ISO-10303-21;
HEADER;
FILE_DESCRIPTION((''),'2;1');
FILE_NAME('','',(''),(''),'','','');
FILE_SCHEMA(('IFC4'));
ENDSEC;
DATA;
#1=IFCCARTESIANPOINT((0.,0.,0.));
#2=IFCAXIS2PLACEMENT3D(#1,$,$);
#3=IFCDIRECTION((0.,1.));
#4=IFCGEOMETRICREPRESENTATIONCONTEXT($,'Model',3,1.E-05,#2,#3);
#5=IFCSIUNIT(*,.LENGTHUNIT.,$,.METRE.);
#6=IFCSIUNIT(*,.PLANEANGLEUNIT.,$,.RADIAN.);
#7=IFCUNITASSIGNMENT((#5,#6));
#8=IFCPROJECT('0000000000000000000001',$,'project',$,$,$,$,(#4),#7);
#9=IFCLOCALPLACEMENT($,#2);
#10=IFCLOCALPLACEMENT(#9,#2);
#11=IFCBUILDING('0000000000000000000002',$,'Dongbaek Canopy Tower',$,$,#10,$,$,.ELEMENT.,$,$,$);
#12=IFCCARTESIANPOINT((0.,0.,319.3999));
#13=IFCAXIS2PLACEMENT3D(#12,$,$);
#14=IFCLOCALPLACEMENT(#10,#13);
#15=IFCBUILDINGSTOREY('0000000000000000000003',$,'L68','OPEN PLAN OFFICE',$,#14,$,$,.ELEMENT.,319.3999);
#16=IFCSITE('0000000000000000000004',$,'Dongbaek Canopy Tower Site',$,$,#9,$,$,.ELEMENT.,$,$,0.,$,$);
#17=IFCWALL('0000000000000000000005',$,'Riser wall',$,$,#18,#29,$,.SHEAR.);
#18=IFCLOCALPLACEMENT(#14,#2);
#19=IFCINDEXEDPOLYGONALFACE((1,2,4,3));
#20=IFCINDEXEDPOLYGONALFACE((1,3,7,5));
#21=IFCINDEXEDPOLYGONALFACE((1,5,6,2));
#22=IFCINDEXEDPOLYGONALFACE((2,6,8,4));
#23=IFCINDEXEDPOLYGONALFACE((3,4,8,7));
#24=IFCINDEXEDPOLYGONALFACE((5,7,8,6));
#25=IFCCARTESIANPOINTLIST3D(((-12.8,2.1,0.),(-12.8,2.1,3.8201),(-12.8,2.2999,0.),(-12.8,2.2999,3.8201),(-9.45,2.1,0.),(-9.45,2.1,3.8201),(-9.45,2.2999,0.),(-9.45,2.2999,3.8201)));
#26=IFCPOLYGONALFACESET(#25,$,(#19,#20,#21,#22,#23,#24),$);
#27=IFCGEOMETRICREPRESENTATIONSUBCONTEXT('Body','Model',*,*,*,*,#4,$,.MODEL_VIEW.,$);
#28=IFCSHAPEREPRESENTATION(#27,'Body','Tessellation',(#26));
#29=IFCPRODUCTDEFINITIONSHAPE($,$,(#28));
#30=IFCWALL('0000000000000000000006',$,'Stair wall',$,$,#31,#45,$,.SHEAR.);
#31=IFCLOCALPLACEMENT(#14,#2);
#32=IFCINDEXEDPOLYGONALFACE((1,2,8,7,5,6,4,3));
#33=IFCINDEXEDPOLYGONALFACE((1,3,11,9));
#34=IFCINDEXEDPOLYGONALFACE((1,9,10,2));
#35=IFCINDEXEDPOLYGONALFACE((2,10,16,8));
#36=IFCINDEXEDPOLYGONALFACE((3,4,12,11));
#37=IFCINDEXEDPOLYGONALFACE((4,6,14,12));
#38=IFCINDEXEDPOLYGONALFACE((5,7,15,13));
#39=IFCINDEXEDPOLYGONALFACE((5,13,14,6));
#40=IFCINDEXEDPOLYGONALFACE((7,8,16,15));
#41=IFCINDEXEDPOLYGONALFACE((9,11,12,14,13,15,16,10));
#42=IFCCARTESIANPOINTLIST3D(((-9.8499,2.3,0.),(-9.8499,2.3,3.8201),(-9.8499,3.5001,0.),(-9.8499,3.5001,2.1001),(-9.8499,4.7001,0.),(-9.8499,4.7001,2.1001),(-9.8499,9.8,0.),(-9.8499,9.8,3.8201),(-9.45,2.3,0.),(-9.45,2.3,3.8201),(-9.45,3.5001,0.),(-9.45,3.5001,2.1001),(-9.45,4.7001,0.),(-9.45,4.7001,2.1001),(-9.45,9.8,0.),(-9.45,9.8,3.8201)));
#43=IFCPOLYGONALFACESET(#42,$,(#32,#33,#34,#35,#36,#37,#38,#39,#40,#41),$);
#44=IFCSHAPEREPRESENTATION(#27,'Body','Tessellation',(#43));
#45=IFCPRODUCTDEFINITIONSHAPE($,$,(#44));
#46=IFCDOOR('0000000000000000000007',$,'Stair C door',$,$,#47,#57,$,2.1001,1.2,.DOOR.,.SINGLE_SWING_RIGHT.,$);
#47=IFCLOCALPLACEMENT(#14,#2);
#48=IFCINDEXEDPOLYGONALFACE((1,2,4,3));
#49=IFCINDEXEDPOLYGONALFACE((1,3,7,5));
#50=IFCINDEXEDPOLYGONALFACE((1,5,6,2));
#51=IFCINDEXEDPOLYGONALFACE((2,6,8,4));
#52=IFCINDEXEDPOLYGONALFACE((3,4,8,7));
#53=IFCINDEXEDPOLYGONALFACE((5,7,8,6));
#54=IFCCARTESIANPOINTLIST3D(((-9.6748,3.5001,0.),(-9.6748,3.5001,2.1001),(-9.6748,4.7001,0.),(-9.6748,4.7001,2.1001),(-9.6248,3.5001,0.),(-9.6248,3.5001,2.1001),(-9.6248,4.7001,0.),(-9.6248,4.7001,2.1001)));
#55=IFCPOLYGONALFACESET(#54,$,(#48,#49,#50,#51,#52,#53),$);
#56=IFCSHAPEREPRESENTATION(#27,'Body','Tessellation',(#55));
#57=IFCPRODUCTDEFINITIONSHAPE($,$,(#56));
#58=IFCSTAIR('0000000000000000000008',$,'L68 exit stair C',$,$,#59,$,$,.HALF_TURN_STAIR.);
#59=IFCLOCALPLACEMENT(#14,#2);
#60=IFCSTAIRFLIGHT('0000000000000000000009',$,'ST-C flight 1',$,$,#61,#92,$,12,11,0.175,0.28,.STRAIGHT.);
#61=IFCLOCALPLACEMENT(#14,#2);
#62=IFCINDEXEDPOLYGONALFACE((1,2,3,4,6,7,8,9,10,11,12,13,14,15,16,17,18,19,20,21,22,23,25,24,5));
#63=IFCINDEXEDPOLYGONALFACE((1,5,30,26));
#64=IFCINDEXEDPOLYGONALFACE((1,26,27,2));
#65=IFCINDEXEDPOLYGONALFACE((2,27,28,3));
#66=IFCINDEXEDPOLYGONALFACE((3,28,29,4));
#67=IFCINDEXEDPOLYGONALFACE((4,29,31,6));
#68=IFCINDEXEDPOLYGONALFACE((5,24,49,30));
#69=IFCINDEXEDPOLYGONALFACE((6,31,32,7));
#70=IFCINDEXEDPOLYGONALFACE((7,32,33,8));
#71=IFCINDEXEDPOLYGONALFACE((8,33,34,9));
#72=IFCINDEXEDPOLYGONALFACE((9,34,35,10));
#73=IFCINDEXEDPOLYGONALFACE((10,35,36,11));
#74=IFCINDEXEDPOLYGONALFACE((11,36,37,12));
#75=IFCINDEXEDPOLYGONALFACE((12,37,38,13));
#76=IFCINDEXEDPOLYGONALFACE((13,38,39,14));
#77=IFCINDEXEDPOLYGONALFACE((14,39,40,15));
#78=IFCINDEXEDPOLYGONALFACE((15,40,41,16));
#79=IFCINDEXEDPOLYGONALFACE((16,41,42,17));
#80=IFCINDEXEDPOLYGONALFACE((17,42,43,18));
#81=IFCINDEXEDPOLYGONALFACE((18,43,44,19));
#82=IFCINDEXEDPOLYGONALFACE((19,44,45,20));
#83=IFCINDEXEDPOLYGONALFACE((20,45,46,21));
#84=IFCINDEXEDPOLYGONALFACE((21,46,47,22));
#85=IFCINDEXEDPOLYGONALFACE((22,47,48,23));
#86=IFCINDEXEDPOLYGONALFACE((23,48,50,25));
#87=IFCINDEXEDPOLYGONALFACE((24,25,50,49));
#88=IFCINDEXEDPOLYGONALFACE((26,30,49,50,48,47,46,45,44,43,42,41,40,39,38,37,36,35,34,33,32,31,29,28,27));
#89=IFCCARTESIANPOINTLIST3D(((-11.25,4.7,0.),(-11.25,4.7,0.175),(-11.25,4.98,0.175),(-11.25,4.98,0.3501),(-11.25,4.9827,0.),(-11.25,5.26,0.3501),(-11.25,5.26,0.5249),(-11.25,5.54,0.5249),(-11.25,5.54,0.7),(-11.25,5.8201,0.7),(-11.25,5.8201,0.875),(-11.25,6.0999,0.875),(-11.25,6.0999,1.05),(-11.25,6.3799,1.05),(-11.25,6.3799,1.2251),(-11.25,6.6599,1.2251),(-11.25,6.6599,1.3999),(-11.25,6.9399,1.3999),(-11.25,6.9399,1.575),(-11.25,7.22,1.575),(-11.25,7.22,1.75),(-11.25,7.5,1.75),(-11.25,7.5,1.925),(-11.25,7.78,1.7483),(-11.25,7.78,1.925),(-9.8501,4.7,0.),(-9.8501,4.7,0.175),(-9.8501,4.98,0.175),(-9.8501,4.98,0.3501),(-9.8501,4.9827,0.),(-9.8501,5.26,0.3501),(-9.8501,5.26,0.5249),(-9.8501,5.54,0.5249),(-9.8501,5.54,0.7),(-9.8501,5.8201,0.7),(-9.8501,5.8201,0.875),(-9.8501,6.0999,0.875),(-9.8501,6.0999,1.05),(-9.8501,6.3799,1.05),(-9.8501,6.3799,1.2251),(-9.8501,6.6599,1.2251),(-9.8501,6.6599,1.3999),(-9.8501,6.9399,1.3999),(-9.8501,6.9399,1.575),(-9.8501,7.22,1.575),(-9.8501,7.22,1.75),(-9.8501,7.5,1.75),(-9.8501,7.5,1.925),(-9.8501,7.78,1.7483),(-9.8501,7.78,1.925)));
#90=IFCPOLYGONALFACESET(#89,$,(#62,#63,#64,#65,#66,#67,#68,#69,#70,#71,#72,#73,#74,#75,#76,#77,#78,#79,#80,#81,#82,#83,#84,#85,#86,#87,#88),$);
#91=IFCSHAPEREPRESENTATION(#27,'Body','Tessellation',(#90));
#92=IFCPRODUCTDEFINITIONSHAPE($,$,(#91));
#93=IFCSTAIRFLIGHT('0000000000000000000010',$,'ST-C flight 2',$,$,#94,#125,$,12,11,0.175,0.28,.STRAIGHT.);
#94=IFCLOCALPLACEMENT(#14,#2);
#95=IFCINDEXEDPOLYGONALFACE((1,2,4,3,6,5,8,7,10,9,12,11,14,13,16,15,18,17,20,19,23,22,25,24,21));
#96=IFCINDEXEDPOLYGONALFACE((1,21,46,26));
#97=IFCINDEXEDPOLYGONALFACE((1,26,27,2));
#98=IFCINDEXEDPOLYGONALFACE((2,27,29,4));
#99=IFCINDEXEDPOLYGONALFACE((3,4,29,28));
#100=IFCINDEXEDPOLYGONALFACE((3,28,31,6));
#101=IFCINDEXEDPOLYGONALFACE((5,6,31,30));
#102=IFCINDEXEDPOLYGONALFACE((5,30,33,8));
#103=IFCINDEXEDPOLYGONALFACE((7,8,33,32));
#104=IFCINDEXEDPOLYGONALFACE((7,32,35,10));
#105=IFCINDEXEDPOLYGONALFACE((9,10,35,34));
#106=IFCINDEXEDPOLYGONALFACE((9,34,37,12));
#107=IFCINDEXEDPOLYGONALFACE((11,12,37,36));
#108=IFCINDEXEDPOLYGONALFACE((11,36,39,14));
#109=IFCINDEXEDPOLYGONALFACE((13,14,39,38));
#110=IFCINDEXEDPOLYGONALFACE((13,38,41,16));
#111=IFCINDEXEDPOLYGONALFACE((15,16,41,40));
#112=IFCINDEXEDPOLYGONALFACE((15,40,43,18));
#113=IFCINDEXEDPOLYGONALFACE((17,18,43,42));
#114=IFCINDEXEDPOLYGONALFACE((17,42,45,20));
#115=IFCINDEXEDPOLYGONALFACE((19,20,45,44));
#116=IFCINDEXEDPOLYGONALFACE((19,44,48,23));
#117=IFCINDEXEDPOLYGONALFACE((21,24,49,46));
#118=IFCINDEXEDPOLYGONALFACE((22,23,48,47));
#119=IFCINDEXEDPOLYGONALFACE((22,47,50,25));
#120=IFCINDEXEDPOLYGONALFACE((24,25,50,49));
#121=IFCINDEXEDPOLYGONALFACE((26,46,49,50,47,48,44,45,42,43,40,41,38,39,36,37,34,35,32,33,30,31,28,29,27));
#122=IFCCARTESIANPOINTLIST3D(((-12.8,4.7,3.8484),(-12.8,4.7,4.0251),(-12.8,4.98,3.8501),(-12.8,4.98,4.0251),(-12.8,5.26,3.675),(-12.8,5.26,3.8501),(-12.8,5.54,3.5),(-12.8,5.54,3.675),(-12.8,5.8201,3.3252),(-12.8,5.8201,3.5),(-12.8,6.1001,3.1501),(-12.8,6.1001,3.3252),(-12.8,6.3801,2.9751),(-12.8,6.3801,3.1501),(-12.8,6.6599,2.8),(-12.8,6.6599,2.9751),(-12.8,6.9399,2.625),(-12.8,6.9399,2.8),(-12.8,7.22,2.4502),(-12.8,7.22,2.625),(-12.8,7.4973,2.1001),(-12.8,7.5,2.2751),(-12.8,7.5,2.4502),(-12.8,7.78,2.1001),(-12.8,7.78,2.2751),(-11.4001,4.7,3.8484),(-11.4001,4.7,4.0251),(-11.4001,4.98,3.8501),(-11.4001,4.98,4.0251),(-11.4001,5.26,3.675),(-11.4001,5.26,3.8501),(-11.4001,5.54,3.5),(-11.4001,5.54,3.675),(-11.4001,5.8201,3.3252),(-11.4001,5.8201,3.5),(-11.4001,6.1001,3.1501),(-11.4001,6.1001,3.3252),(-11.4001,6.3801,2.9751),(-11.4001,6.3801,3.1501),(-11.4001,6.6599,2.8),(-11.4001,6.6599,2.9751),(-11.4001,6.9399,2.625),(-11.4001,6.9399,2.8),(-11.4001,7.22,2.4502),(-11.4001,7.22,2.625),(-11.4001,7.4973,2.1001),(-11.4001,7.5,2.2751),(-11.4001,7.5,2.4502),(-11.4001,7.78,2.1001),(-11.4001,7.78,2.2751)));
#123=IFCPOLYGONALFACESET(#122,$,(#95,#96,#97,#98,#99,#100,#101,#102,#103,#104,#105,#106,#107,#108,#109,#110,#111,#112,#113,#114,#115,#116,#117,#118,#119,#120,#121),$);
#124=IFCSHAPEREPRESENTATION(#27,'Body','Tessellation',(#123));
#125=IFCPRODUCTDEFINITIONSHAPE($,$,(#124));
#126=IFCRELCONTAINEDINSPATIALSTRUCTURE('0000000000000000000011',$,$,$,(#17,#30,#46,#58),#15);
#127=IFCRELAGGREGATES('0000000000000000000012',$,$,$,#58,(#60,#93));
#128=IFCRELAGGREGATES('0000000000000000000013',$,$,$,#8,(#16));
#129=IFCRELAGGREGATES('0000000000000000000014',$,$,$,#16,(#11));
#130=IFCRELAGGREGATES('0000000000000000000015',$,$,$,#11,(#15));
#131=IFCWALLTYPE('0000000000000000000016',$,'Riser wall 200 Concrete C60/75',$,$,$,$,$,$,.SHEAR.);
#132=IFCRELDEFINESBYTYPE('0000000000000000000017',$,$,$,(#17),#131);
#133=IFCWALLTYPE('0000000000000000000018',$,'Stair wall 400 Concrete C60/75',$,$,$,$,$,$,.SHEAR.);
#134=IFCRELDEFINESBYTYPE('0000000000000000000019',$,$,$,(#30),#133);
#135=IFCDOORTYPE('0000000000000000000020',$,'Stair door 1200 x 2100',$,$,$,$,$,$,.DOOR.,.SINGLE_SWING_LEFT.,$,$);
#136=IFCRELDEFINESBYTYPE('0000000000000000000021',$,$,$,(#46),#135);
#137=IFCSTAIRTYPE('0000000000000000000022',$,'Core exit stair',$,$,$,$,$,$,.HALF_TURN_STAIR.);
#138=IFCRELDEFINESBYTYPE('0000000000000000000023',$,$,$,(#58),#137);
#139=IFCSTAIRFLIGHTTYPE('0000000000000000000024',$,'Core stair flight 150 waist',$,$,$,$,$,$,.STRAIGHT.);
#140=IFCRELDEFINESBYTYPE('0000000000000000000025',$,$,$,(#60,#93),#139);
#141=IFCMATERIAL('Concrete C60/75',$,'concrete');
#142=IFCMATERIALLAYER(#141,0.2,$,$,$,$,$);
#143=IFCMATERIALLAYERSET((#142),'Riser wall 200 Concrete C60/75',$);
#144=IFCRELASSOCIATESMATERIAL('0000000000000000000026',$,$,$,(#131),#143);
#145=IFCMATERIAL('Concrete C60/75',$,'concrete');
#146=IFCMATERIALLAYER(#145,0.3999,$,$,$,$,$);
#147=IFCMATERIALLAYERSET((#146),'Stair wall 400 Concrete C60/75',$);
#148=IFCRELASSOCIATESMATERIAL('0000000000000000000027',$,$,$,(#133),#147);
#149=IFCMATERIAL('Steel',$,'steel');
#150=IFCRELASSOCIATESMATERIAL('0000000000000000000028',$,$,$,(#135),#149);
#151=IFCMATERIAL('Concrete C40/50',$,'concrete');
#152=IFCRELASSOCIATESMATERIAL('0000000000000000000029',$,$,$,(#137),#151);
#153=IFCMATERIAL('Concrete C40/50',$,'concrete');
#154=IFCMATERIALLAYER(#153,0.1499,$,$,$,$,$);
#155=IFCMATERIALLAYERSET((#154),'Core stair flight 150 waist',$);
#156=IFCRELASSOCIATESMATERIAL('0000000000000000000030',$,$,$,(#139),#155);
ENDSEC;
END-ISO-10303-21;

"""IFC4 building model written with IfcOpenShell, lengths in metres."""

from ifc_helpers import new_model, si_unit, direction, frame, frame_2d, origin, place, context, subcontext, project, spatial, polyline, rectangle, outline, extrude, material, layer, layer_set, type_object, element, fill, aggregate, save


model = new_model("IFC4")

# Units and contexts
model_context = context("Model", 3, precision=1e-05, world=origin(), true_north=direction((0.0, 1.0)))
body_context = subcontext(model_context, "Body", "Model", "MODEL_VIEW")
ifc_project = project(units=[si_unit("LENGTHUNIT", "METRE"), si_unit("PLANEANGLEUNIT", "RADIAN")], contexts=[model_context])

# Site, building, storey
site_placement = place(None, origin())
site = spatial("IfcSite", under=ifc_project, at=site_placement, Name="Dongbaek Canopy Tower Site", CompositionType="ELEMENT", RefElevation=0.0)
building_placement = place(site_placement, origin())
building = spatial("IfcBuilding", under=site, at=building_placement, Name="Dongbaek Canopy Tower", CompositionType="ELEMENT")
storey_placement = place(building_placement, frame((0.0, 0.0, 319.3999)))
storey = spatial("IfcBuildingStorey", under=building, at=storey_placement, Name="L68", Description="OPEN PLAN OFFICE", CompositionType="ELEMENT", Elevation=319.3999)

# Wall
ifc_material_1 = material(Name="Concrete C60/75", Category="concrete")
ifc_layer_1 = layer(ifc_material_1, 0.2)
ifc_layer_set_1 = layer_set([ifc_layer_1], Name="Riser wall 200 Concrete C60/75")
wall_type_1 = type_object("IfcWallType", Name="Riser wall 200 Concrete C60/75", PredefinedType="SHEAR", material=ifc_layer_set_1)
wall_1_placement = place(storey_placement, frame((-9.45, 2.2, 0.0), z_axis=(0.0, 0.0, 1.0), x_axis=(-1.0, 0.0, 0.0)))
element("IfcWall", 1, at=wall_1_placement, inside=storey, type_object=wall_type_1, Name="Riser wall", PredefinedType="SHEAR", context=body_context, shape_type="SweptSolid", body=[
    extrude(rectangle(XDim=3.3501, YDim=0.2, at=frame_2d((1.675, 0.0))), origin(), (0.0, 0.0, 1.0), 3.8201),
])

# Wall, opening, door
ifc_material_2 = material(Name="Concrete C60/75", Category="concrete")
ifc_layer_2 = layer(ifc_material_2, 0.3999)
ifc_layer_set_2 = layer_set([ifc_layer_2], Name="Stair wall 400 Concrete C60/75")
wall_type_2 = type_object("IfcWallType", Name="Stair wall 400 Concrete C60/75", PredefinedType="SHEAR", material=ifc_layer_set_2)
wall_2_placement = place(storey_placement, frame((-9.6499, 2.3, 0.0), z_axis=(0.0, 0.0, 1.0), x_axis=(0.0, 1.0, 0.0)))
wall_2 = element("IfcWall", 2, at=wall_2_placement, inside=storey, type_object=wall_type_2, Name="Stair wall", PredefinedType="SHEAR", context=body_context, shape_type="SweptSolid", body=[
    extrude(rectangle(XDim=7.5, YDim=0.3999, at=frame_2d((3.75, 0.0))), origin(), (0.0, 0.0, 1.0), 3.8201),
])
opening_1_placement = place(wall_2_placement, frame((1.2, 0.0, 0.0)))
opening_1 = element("IfcOpeningElement", 3, at=opening_1_placement, cuts=wall_2, PredefinedType="OPENING", context=body_context, shape_type="SweptSolid", body=[
    extrude(rectangle(XDim=1.2, YDim=2.1001, at=frame_2d((0.6001, 1.05))), frame((0.0, 0.21, 0.0), z_axis=(0.0, -1.0, 0.0), x_axis=(1.0, 0.0, 0.0)), (0.0, 0.0, 1.0), 0.4199),
])
ifc_material_3 = material(Name="Steel", Category="steel")
door_type_1 = type_object("IfcDoorType", Name="Stair door 1200 x 2100", OperationType="SINGLE_SWING_LEFT", PredefinedType="DOOR", material=ifc_material_3)
door_1_placement = place(opening_1_placement, origin())
door_1 = element("IfcDoor", 4, at=door_1_placement, inside=storey, type_object=door_type_1, Name="Stair C door", OperationType="SINGLE_SWING_RIGHT", OverallHeight=2.1001, OverallWidth=1.2, PredefinedType="DOOR", context=body_context, shape_type="SweptSolid", body=[
    extrude(rectangle(XDim=1.2, YDim=2.1001, at=frame_2d((0.6001, 1.05))), frame((0.0, 0.0249, 0.0), z_axis=(0.0, -1.0, 0.0), x_axis=(1.0, 0.0, 0.0)), (0.0, 0.0, 1.0), 0.05),
])
fill(opening_1, door_1)

# Stair, stair flights
ifc_material_4 = material(Name="Concrete C40/50", Category="concrete")
stair_type = type_object("IfcStairType", Name="Core exit stair", PredefinedType="HALF_TURN_STAIR", material=ifc_material_4)
stair_placement = place(storey_placement, origin())
stair = element("IfcStair", 5, at=stair_placement, inside=storey, type_object=stair_type, Name="L68 exit stair C", PredefinedType="HALF_TURN_STAIR")
ifc_material_5 = material(Name="Concrete C40/50", Category="concrete")
ifc_layer_3 = layer(ifc_material_5, 0.1499)
ifc_layer_set_3 = layer_set([ifc_layer_3], Name="Core stair flight 150 waist")
stair_flight_type = type_object("IfcStairFlightType", Name="Core stair flight 150 waist", PredefinedType="STRAIGHT", material=ifc_layer_set_3)
stair_flight_1_placement = place(storey_placement, frame((-10.55, 4.7, 0.0), z_axis=(0.0, 0.0, 1.0), x_axis=(0.0, 1.0, 0.0)))
stair_flight_1 = element("IfcStairFlight", 6, at=stair_flight_1_placement, type_object=stair_flight_type, Name="ST-C flight 1", NumberOfRisers=12, NumberOfTreads=11, PredefinedType="STRAIGHT", RiserHeight=0.175, TreadLength=0.28, context=body_context, shape_type="SweptSolid", body=[
    extrude(outline(polyline([(0.0, 0.0), (0.0, 0.175), (0.28, 0.175), (0.28, 0.3501), (0.5601, 0.3501), (0.5601, 0.5249), (0.8401, 0.5249), (0.8401, 0.7), (1.1201, 0.7), (1.1201, 0.875), (1.3999, 0.875), (1.3999, 1.05), (1.6799, 1.05), (1.6799, 1.2251), (1.96, 1.2251), (1.96, 1.3999), (2.24, 1.3999), (2.24, 1.575), (2.52, 1.575), (2.52, 1.75), (2.8, 1.75), (2.8, 1.925), (3.0801, 1.925), (3.0801, 2.1001), (3.0801, 1.7483), (0.2827, 0.0), (0.0, 0.0)])), frame((0.0, 0.7, 0.0), z_axis=(0.0, -1.0, 0.0), x_axis=(1.0, 0.0, 0.0)), (0.0, 0.0, 1.0), 1.3999),
])
stair_flight_2_placement = place(storey_placement, frame((-12.1001, 7.78, 2.1001), z_axis=(0.0, 0.0, 1.0), x_axis=(0.0, -1.0, 0.0)))
stair_flight_2 = element("IfcStairFlight", 7, at=stair_flight_2_placement, type_object=stair_flight_type, Name="ST-C flight 2", NumberOfRisers=12, NumberOfTreads=11, PredefinedType="STRAIGHT", RiserHeight=0.175, TreadLength=0.28, context=body_context, shape_type="SweptSolid", body=[
    extrude(outline(polyline([(0.0, 0.0), (0.0, 0.175), (0.28, 0.175), (0.28, 0.3501), (0.5601, 0.3501), (0.5601, 0.5249), (0.8401, 0.5249), (0.8401, 0.7), (1.1201, 0.7), (1.1201, 0.875), (1.3999, 0.875), (1.3999, 1.05), (1.6799, 1.05), (1.6799, 1.2251), (1.96, 1.2251), (1.96, 1.3999), (2.24, 1.3999), (2.24, 1.575), (2.52, 1.575), (2.52, 1.75), (2.8, 1.75), (2.8, 1.925), (3.0801, 1.925), (3.0801, 2.1001), (3.0801, 1.7483), (0.2827, 0.0), (0.0, 0.0)])), frame((0.0, 0.7, 0.0), z_axis=(0.0, -1.0, 0.0), x_axis=(1.0, 0.0, 0.0)), (0.0, 0.0, 1.0), 1.3999),
])
aggregate(stair, [stair_flight_1, stair_flight_2])

save(model, "model.ifc")
